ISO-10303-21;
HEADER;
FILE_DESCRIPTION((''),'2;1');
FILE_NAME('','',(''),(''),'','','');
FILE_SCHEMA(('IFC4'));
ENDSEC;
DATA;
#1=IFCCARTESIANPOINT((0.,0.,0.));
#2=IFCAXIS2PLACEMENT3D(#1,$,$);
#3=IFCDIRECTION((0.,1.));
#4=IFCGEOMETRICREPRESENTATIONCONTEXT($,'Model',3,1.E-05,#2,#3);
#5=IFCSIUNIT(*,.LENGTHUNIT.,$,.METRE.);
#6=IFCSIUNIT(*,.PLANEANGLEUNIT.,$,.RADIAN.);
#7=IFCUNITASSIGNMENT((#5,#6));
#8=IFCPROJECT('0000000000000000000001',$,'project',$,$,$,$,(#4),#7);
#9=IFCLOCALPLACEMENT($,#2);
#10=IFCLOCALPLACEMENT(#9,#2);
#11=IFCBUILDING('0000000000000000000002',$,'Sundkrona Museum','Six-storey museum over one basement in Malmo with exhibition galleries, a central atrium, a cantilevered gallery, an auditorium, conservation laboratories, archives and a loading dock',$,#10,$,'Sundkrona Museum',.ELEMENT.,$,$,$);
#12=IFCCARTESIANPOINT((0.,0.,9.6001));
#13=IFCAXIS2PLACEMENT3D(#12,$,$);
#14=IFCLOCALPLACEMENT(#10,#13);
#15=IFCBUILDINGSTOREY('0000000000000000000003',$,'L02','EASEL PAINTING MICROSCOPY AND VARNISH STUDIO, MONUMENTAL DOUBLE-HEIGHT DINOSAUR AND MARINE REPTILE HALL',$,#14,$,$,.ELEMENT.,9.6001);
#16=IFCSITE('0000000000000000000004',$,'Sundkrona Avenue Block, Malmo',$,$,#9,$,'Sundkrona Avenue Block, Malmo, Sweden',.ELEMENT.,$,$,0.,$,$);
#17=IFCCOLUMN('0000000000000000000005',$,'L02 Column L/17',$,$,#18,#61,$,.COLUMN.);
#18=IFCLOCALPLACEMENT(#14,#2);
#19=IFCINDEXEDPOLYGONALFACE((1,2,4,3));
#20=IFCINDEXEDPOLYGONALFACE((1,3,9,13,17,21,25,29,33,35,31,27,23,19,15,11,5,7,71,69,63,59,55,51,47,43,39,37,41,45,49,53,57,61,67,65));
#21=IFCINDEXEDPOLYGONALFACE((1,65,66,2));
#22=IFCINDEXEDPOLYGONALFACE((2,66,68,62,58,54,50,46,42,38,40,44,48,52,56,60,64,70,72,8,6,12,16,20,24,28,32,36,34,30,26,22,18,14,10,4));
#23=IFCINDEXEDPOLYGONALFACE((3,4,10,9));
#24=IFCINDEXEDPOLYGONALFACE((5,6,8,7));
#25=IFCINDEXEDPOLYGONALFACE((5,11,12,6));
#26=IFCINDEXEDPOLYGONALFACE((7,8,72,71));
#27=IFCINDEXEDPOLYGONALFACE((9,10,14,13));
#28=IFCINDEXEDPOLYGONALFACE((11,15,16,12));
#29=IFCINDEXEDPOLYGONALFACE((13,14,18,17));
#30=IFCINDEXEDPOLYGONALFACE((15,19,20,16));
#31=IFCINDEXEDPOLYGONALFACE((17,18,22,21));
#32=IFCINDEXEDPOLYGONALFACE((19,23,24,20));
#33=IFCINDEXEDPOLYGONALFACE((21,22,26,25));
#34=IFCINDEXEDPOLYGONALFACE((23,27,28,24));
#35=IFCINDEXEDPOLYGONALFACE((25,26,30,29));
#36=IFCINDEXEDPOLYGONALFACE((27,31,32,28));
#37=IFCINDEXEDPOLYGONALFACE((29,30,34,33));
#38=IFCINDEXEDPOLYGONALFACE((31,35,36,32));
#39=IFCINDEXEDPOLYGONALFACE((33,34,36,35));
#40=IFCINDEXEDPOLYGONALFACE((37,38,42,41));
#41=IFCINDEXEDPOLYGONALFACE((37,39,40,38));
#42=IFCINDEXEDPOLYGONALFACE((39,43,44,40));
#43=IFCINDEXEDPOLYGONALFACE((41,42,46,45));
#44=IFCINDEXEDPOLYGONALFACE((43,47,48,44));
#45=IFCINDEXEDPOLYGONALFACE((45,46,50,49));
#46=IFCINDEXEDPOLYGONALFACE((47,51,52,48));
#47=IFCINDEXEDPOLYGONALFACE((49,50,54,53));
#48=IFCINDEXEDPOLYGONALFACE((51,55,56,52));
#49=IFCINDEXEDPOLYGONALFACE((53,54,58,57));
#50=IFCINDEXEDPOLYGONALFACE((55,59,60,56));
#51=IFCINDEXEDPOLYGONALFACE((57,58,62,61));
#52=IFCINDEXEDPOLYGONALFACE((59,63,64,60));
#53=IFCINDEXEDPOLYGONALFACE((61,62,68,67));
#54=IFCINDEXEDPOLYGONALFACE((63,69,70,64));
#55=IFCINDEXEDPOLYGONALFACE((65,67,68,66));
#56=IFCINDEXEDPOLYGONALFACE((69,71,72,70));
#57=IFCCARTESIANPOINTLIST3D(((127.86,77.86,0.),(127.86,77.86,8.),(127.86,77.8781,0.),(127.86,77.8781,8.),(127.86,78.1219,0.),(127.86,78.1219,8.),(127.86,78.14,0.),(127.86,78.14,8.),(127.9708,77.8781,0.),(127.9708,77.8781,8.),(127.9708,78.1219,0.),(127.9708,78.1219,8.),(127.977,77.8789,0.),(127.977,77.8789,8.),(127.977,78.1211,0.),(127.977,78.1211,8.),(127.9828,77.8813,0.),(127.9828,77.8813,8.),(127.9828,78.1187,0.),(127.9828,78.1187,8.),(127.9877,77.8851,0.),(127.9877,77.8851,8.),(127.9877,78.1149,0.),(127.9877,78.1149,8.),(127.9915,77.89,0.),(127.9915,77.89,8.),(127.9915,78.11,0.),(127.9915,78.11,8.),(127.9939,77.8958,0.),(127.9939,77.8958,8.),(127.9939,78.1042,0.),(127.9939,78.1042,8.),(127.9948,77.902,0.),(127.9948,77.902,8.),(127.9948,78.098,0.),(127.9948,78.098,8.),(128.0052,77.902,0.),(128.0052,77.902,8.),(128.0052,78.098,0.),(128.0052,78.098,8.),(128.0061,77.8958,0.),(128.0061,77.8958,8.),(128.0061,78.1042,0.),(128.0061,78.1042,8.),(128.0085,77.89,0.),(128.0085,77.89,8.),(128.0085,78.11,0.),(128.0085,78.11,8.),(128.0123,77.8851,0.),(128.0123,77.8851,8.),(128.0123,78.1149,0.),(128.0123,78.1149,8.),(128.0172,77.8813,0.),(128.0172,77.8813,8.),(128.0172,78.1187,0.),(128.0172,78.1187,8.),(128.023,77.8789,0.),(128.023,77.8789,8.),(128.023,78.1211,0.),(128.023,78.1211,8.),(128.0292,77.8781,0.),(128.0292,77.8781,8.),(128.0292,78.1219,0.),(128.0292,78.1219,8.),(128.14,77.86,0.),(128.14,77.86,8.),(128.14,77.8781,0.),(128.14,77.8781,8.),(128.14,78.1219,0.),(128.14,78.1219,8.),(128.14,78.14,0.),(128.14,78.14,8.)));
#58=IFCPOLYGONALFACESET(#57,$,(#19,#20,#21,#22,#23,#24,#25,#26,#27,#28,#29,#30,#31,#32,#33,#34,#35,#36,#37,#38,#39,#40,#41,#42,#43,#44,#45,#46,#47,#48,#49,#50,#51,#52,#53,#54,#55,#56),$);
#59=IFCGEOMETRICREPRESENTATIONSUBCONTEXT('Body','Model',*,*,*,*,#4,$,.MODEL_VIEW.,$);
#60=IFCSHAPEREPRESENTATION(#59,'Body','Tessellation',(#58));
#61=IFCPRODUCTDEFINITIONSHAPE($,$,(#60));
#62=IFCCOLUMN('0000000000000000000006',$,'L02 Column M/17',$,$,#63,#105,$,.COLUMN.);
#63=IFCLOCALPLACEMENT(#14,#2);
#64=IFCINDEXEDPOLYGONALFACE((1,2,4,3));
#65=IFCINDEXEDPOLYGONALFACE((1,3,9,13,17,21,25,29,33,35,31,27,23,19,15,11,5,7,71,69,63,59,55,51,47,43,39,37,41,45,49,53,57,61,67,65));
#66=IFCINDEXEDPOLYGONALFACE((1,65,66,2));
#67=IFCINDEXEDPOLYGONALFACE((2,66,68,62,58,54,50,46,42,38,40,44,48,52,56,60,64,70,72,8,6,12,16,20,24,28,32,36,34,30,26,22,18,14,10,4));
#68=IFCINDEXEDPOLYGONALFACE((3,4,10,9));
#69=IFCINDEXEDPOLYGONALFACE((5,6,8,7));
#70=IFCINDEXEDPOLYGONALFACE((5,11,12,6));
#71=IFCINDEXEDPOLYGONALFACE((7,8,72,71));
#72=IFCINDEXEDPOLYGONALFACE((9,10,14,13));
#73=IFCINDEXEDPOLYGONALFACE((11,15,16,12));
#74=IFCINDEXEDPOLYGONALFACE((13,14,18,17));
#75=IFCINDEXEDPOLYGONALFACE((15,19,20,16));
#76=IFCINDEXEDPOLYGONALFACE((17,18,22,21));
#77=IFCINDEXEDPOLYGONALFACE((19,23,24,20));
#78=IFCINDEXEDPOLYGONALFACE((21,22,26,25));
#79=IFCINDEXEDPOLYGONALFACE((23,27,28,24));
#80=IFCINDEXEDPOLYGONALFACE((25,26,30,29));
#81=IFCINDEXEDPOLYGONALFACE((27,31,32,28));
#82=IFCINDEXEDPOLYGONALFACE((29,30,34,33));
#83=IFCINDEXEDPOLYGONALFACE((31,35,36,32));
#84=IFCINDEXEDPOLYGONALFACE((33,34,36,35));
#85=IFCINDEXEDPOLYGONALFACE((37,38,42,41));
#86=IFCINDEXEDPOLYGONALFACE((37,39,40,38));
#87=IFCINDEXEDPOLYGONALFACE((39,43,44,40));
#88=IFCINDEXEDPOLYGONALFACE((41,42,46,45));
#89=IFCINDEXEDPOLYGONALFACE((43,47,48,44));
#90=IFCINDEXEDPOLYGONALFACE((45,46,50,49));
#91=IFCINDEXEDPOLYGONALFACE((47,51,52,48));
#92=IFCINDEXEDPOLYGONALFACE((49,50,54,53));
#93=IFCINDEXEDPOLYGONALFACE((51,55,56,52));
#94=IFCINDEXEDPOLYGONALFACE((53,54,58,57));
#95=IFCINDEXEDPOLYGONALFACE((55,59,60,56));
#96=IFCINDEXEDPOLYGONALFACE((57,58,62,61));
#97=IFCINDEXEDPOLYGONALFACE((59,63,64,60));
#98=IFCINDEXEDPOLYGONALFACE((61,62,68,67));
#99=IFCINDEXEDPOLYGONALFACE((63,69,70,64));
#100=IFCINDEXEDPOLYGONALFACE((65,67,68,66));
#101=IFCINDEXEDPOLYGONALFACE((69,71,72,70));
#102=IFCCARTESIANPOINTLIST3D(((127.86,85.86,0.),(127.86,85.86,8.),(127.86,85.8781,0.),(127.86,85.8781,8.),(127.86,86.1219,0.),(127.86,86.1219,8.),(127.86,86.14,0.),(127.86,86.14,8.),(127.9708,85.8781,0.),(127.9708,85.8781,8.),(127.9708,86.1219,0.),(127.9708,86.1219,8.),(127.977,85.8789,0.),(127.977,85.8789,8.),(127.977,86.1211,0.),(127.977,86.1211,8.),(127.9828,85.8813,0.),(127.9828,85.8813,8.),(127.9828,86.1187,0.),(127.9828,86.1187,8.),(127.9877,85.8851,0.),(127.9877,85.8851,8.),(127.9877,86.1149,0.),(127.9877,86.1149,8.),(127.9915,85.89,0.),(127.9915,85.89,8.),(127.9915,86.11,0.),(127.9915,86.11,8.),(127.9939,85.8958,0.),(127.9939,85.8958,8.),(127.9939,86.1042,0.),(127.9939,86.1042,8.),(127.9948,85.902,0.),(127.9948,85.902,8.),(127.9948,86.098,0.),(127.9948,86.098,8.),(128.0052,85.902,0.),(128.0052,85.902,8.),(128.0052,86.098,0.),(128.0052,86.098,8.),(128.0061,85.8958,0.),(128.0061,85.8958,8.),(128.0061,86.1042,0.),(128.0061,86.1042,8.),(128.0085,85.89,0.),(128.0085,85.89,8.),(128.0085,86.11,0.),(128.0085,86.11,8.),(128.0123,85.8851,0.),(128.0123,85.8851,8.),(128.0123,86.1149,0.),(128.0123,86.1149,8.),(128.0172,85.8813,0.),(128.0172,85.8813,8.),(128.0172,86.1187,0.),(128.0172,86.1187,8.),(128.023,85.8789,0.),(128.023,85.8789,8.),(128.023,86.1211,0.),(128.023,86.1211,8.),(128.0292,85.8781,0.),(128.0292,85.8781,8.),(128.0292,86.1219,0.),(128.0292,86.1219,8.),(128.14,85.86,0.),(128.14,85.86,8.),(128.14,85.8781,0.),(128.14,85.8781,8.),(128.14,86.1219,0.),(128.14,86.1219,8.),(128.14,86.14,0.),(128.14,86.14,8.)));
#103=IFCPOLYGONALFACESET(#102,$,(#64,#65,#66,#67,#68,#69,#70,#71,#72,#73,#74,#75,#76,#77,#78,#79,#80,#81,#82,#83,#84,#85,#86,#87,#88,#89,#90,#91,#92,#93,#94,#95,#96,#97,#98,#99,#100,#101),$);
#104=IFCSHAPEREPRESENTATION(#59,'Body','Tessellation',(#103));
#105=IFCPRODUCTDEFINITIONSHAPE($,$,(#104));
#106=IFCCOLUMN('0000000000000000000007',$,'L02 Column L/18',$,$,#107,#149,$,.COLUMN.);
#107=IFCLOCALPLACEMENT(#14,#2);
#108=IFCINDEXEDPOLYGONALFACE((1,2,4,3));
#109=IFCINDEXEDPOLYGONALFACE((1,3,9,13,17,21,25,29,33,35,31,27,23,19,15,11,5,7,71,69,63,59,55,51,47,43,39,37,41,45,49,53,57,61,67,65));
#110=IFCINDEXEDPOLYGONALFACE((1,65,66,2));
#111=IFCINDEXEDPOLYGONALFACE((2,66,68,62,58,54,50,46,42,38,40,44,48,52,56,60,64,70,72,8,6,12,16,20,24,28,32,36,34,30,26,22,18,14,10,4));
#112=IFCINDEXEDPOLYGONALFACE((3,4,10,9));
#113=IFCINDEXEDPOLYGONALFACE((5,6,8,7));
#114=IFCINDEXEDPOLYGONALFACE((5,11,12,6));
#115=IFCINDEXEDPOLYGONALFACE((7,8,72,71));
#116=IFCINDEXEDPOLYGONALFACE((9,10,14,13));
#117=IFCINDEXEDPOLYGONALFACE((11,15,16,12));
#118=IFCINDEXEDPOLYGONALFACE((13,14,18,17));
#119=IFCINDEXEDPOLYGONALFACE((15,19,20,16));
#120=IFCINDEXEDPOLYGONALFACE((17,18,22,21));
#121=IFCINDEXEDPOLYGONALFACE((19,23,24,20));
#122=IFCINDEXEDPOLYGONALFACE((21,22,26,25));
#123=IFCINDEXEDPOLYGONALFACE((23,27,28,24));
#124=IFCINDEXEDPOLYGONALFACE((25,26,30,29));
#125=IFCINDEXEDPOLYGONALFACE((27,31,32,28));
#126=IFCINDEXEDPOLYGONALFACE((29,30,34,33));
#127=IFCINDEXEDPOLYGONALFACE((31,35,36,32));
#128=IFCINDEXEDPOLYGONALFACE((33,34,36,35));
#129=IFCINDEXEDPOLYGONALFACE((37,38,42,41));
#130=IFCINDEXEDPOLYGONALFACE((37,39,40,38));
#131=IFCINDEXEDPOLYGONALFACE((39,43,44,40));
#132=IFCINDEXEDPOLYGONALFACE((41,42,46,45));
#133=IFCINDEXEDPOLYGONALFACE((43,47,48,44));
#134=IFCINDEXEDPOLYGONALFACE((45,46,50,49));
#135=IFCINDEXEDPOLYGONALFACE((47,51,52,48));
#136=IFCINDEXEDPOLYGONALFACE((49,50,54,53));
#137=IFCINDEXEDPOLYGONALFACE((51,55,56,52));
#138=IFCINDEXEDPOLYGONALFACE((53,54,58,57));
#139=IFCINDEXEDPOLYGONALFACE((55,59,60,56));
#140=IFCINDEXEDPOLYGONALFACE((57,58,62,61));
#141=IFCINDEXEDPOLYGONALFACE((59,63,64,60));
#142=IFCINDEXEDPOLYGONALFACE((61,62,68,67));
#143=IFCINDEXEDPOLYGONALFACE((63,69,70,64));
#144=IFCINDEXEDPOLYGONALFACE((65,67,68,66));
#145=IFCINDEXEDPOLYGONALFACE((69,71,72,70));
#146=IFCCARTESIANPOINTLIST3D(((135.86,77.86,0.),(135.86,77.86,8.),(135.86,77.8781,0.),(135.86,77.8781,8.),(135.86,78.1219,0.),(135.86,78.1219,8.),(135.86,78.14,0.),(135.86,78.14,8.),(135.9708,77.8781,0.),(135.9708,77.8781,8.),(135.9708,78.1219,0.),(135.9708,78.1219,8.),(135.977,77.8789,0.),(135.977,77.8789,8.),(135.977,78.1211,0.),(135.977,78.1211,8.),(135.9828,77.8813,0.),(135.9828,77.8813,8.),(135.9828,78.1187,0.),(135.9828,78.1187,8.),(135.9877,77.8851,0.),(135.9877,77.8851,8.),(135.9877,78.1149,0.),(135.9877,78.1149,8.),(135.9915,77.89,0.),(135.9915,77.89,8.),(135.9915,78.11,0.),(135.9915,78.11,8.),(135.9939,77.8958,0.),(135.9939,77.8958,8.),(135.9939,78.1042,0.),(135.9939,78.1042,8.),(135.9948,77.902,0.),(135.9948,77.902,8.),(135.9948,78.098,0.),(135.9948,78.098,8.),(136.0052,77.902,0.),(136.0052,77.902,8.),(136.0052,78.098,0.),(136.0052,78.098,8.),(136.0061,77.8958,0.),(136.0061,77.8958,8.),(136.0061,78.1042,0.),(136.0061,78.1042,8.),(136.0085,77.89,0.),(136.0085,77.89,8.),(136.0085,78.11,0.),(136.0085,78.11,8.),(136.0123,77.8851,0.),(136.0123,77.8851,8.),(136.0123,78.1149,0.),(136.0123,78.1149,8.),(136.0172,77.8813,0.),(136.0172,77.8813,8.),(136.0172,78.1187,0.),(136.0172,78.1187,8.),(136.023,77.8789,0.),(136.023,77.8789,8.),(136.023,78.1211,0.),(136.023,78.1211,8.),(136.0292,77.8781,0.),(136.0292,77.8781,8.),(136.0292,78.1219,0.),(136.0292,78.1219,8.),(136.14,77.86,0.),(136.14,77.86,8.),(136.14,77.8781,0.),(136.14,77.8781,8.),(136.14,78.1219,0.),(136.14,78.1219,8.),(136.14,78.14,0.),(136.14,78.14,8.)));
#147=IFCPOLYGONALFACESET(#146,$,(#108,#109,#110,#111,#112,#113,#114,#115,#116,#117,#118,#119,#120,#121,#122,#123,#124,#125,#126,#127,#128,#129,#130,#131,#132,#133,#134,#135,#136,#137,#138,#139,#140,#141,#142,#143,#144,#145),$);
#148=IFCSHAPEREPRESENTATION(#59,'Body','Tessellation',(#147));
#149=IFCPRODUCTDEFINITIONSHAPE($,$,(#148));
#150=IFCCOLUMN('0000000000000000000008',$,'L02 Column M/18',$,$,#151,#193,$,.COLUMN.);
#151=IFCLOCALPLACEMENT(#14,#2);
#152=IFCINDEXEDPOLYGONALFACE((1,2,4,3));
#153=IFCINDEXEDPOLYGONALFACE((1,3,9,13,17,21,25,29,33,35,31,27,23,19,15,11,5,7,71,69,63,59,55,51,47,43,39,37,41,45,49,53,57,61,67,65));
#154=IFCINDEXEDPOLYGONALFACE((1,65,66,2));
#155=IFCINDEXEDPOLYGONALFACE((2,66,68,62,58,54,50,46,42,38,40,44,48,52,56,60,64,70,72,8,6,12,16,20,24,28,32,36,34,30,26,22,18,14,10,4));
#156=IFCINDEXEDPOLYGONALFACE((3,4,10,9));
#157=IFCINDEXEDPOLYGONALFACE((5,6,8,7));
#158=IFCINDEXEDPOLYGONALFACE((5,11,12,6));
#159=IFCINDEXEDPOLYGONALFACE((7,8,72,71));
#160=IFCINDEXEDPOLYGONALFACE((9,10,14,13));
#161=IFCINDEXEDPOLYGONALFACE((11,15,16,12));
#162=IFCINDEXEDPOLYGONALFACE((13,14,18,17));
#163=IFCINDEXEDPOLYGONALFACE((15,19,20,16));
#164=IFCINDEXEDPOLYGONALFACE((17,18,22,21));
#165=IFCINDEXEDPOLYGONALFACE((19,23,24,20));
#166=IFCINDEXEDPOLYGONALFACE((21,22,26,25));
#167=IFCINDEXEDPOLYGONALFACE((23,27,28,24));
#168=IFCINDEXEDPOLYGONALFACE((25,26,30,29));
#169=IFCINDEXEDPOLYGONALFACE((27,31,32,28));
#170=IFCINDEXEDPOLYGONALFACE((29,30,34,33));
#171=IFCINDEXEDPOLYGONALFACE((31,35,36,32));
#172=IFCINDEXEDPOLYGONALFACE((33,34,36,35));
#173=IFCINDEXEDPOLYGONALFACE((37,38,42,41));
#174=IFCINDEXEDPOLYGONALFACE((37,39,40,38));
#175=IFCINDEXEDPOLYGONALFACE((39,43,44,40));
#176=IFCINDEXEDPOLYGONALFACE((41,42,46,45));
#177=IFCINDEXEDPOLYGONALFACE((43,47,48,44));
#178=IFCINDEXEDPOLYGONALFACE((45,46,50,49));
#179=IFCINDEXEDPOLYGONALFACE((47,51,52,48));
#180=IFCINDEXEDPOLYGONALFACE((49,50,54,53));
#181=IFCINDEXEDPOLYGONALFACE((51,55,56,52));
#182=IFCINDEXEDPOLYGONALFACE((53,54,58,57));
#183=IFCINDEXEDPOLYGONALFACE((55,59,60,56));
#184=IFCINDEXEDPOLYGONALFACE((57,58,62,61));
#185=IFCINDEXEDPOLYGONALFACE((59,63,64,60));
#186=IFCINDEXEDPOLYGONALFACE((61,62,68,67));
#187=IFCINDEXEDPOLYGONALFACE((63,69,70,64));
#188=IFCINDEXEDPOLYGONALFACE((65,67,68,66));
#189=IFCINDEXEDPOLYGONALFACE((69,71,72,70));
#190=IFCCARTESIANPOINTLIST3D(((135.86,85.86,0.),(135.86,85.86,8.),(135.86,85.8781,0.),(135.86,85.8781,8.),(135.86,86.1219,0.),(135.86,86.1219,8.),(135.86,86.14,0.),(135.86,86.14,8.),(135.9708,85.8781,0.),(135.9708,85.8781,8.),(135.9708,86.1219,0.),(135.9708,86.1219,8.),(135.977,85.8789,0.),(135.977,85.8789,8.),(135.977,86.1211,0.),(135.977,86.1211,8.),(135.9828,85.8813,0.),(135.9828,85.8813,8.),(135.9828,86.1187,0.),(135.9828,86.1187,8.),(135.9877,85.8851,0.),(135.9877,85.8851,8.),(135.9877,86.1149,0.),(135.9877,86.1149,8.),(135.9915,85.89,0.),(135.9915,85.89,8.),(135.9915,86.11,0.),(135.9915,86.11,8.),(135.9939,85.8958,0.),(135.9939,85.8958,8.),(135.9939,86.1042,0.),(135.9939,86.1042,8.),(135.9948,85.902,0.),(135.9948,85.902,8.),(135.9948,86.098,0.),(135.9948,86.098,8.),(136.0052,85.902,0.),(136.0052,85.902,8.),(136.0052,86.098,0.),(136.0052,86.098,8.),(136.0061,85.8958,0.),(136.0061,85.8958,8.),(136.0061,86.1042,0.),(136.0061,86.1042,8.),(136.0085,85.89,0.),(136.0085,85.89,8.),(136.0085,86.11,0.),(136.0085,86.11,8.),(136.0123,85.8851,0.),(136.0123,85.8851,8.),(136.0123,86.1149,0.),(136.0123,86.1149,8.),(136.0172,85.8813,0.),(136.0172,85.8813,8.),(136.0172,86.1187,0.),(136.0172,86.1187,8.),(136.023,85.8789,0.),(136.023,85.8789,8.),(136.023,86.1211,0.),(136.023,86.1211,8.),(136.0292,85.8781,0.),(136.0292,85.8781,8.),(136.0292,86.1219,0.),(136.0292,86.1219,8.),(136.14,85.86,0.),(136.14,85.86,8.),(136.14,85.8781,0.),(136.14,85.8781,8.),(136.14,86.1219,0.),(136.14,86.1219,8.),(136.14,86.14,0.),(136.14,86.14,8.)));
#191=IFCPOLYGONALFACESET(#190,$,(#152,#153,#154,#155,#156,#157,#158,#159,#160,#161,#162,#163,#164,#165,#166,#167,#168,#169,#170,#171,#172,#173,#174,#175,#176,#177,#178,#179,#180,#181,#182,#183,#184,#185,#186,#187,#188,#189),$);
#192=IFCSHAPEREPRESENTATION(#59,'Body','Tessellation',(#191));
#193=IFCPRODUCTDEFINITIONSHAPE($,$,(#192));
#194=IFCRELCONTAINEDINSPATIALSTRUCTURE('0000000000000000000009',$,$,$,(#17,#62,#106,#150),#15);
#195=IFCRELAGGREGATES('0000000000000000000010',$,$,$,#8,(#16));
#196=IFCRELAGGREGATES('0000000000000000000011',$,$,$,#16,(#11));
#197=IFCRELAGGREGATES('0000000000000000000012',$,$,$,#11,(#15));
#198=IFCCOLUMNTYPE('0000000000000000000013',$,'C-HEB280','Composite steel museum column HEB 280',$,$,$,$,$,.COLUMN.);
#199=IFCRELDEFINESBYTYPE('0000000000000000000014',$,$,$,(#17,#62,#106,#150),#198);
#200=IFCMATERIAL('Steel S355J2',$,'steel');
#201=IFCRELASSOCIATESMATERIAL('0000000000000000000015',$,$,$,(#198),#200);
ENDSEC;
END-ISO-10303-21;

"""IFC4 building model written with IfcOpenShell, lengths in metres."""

from ifc_helpers import new_model, si_unit, direction, frame, origin, origin_2d, place, context, subcontext, project, spatial, i_section, extrude, material, material_profile, profile_set, type_object, element, save


model = new_model("IFC4")

# Units and contexts
model_context = context("Model", 3, precision=1e-05, world=origin(), true_north=direction((0.0, 1.0)))
body_context = subcontext(model_context, "Body", "Model", "MODEL_VIEW")
ifc_project = project(units=[si_unit("LENGTHUNIT", "METRE"), si_unit("PLANEANGLEUNIT", "RADIAN")], contexts=[model_context])

# Site, building, storey
site_placement = place(None, origin())
site = spatial("IfcSite", under=ifc_project, at=site_placement, Name="Sundkrona Avenue Block, Malmo", LongName="Sundkrona Avenue Block, Malmo, Sweden", CompositionType="ELEMENT", RefElevation=0.0)
building_placement = place(site_placement, origin())
building = spatial("IfcBuilding", under=site, at=building_placement, Name="Sundkrona Museum", Description="Six-storey museum over one basement in Malmo with exhibition galleries, a central atrium, a cantilevered gallery, an auditorium, conservation laboratories, archives and a loading dock", LongName="Sundkrona Museum", CompositionType="ELEMENT")
storey_placement = place(building_placement, frame((0.0, 0.0, 9.6001)))
storey = spatial("IfcBuildingStorey", under=building, at=storey_placement, Name="L02", Description="EASEL PAINTING MICROSCOPY AND VARNISH STUDIO, MONUMENTAL DOUBLE-HEIGHT DINOSAUR AND MARINE REPTILE HALL", CompositionType="ELEMENT", Elevation=9.6001)

# Columns
ifc_material_1 = material(Name="Steel S355J2", Category="steel")
ifc_material_profile_1 = material_profile(ifc_material_1, i_section(OverallWidth=0.28, OverallDepth=0.28, WebThickness=0.0105, FlangeThickness=0.0181, FilletRadius=0.0239, at=origin_2d()), Name="HEB 280")
ifc_profile_set_1 = profile_set([ifc_material_profile_1], Name="Steel S355J2")
column_type = type_object("IfcColumnType", Name="C-HEB280", Description="Composite steel museum column HEB 280", PredefinedType="COLUMN", material=ifc_profile_set_1)
for number, where, z_axis, x_axis, name in (
    (1, (128.0, 78.0, 0.0), (0.0, 0.0, 1.0), (1.0, 0.0, 0.0), "L02 Column L/17"),
    (2, (128.0, 86.0, 0.0), (0.0, 0.0, 1.0), (1.0, 0.0, 0.0), "L02 Column M/17"),
    (3, (136.0, 78.0, 0.0), (0.0, 0.0, 1.0), (1.0, 0.0, 0.0), "L02 Column L/18"),
    (4, (136.0, 86.0, 0.0), (0.0, 0.0, 1.0), (1.0, 0.0, 0.0), "L02 Column M/18"),
):
    element("IfcColumn", number, at=place(storey_placement, frame(where, z_axis=z_axis, x_axis=x_axis)), inside=storey, type_object=column_type, Name=name, PredefinedType="COLUMN", context=body_context, shape_type="SweptSolid", body=[
        extrude(i_section(OverallWidth=0.28, OverallDepth=0.28, WebThickness=0.0105, FlangeThickness=0.0181, FilletRadius=0.0239, at=origin_2d()), origin(), (0.0, 0.0, 1.0), 8.0),
    ])

save(model, "model.ifc")
